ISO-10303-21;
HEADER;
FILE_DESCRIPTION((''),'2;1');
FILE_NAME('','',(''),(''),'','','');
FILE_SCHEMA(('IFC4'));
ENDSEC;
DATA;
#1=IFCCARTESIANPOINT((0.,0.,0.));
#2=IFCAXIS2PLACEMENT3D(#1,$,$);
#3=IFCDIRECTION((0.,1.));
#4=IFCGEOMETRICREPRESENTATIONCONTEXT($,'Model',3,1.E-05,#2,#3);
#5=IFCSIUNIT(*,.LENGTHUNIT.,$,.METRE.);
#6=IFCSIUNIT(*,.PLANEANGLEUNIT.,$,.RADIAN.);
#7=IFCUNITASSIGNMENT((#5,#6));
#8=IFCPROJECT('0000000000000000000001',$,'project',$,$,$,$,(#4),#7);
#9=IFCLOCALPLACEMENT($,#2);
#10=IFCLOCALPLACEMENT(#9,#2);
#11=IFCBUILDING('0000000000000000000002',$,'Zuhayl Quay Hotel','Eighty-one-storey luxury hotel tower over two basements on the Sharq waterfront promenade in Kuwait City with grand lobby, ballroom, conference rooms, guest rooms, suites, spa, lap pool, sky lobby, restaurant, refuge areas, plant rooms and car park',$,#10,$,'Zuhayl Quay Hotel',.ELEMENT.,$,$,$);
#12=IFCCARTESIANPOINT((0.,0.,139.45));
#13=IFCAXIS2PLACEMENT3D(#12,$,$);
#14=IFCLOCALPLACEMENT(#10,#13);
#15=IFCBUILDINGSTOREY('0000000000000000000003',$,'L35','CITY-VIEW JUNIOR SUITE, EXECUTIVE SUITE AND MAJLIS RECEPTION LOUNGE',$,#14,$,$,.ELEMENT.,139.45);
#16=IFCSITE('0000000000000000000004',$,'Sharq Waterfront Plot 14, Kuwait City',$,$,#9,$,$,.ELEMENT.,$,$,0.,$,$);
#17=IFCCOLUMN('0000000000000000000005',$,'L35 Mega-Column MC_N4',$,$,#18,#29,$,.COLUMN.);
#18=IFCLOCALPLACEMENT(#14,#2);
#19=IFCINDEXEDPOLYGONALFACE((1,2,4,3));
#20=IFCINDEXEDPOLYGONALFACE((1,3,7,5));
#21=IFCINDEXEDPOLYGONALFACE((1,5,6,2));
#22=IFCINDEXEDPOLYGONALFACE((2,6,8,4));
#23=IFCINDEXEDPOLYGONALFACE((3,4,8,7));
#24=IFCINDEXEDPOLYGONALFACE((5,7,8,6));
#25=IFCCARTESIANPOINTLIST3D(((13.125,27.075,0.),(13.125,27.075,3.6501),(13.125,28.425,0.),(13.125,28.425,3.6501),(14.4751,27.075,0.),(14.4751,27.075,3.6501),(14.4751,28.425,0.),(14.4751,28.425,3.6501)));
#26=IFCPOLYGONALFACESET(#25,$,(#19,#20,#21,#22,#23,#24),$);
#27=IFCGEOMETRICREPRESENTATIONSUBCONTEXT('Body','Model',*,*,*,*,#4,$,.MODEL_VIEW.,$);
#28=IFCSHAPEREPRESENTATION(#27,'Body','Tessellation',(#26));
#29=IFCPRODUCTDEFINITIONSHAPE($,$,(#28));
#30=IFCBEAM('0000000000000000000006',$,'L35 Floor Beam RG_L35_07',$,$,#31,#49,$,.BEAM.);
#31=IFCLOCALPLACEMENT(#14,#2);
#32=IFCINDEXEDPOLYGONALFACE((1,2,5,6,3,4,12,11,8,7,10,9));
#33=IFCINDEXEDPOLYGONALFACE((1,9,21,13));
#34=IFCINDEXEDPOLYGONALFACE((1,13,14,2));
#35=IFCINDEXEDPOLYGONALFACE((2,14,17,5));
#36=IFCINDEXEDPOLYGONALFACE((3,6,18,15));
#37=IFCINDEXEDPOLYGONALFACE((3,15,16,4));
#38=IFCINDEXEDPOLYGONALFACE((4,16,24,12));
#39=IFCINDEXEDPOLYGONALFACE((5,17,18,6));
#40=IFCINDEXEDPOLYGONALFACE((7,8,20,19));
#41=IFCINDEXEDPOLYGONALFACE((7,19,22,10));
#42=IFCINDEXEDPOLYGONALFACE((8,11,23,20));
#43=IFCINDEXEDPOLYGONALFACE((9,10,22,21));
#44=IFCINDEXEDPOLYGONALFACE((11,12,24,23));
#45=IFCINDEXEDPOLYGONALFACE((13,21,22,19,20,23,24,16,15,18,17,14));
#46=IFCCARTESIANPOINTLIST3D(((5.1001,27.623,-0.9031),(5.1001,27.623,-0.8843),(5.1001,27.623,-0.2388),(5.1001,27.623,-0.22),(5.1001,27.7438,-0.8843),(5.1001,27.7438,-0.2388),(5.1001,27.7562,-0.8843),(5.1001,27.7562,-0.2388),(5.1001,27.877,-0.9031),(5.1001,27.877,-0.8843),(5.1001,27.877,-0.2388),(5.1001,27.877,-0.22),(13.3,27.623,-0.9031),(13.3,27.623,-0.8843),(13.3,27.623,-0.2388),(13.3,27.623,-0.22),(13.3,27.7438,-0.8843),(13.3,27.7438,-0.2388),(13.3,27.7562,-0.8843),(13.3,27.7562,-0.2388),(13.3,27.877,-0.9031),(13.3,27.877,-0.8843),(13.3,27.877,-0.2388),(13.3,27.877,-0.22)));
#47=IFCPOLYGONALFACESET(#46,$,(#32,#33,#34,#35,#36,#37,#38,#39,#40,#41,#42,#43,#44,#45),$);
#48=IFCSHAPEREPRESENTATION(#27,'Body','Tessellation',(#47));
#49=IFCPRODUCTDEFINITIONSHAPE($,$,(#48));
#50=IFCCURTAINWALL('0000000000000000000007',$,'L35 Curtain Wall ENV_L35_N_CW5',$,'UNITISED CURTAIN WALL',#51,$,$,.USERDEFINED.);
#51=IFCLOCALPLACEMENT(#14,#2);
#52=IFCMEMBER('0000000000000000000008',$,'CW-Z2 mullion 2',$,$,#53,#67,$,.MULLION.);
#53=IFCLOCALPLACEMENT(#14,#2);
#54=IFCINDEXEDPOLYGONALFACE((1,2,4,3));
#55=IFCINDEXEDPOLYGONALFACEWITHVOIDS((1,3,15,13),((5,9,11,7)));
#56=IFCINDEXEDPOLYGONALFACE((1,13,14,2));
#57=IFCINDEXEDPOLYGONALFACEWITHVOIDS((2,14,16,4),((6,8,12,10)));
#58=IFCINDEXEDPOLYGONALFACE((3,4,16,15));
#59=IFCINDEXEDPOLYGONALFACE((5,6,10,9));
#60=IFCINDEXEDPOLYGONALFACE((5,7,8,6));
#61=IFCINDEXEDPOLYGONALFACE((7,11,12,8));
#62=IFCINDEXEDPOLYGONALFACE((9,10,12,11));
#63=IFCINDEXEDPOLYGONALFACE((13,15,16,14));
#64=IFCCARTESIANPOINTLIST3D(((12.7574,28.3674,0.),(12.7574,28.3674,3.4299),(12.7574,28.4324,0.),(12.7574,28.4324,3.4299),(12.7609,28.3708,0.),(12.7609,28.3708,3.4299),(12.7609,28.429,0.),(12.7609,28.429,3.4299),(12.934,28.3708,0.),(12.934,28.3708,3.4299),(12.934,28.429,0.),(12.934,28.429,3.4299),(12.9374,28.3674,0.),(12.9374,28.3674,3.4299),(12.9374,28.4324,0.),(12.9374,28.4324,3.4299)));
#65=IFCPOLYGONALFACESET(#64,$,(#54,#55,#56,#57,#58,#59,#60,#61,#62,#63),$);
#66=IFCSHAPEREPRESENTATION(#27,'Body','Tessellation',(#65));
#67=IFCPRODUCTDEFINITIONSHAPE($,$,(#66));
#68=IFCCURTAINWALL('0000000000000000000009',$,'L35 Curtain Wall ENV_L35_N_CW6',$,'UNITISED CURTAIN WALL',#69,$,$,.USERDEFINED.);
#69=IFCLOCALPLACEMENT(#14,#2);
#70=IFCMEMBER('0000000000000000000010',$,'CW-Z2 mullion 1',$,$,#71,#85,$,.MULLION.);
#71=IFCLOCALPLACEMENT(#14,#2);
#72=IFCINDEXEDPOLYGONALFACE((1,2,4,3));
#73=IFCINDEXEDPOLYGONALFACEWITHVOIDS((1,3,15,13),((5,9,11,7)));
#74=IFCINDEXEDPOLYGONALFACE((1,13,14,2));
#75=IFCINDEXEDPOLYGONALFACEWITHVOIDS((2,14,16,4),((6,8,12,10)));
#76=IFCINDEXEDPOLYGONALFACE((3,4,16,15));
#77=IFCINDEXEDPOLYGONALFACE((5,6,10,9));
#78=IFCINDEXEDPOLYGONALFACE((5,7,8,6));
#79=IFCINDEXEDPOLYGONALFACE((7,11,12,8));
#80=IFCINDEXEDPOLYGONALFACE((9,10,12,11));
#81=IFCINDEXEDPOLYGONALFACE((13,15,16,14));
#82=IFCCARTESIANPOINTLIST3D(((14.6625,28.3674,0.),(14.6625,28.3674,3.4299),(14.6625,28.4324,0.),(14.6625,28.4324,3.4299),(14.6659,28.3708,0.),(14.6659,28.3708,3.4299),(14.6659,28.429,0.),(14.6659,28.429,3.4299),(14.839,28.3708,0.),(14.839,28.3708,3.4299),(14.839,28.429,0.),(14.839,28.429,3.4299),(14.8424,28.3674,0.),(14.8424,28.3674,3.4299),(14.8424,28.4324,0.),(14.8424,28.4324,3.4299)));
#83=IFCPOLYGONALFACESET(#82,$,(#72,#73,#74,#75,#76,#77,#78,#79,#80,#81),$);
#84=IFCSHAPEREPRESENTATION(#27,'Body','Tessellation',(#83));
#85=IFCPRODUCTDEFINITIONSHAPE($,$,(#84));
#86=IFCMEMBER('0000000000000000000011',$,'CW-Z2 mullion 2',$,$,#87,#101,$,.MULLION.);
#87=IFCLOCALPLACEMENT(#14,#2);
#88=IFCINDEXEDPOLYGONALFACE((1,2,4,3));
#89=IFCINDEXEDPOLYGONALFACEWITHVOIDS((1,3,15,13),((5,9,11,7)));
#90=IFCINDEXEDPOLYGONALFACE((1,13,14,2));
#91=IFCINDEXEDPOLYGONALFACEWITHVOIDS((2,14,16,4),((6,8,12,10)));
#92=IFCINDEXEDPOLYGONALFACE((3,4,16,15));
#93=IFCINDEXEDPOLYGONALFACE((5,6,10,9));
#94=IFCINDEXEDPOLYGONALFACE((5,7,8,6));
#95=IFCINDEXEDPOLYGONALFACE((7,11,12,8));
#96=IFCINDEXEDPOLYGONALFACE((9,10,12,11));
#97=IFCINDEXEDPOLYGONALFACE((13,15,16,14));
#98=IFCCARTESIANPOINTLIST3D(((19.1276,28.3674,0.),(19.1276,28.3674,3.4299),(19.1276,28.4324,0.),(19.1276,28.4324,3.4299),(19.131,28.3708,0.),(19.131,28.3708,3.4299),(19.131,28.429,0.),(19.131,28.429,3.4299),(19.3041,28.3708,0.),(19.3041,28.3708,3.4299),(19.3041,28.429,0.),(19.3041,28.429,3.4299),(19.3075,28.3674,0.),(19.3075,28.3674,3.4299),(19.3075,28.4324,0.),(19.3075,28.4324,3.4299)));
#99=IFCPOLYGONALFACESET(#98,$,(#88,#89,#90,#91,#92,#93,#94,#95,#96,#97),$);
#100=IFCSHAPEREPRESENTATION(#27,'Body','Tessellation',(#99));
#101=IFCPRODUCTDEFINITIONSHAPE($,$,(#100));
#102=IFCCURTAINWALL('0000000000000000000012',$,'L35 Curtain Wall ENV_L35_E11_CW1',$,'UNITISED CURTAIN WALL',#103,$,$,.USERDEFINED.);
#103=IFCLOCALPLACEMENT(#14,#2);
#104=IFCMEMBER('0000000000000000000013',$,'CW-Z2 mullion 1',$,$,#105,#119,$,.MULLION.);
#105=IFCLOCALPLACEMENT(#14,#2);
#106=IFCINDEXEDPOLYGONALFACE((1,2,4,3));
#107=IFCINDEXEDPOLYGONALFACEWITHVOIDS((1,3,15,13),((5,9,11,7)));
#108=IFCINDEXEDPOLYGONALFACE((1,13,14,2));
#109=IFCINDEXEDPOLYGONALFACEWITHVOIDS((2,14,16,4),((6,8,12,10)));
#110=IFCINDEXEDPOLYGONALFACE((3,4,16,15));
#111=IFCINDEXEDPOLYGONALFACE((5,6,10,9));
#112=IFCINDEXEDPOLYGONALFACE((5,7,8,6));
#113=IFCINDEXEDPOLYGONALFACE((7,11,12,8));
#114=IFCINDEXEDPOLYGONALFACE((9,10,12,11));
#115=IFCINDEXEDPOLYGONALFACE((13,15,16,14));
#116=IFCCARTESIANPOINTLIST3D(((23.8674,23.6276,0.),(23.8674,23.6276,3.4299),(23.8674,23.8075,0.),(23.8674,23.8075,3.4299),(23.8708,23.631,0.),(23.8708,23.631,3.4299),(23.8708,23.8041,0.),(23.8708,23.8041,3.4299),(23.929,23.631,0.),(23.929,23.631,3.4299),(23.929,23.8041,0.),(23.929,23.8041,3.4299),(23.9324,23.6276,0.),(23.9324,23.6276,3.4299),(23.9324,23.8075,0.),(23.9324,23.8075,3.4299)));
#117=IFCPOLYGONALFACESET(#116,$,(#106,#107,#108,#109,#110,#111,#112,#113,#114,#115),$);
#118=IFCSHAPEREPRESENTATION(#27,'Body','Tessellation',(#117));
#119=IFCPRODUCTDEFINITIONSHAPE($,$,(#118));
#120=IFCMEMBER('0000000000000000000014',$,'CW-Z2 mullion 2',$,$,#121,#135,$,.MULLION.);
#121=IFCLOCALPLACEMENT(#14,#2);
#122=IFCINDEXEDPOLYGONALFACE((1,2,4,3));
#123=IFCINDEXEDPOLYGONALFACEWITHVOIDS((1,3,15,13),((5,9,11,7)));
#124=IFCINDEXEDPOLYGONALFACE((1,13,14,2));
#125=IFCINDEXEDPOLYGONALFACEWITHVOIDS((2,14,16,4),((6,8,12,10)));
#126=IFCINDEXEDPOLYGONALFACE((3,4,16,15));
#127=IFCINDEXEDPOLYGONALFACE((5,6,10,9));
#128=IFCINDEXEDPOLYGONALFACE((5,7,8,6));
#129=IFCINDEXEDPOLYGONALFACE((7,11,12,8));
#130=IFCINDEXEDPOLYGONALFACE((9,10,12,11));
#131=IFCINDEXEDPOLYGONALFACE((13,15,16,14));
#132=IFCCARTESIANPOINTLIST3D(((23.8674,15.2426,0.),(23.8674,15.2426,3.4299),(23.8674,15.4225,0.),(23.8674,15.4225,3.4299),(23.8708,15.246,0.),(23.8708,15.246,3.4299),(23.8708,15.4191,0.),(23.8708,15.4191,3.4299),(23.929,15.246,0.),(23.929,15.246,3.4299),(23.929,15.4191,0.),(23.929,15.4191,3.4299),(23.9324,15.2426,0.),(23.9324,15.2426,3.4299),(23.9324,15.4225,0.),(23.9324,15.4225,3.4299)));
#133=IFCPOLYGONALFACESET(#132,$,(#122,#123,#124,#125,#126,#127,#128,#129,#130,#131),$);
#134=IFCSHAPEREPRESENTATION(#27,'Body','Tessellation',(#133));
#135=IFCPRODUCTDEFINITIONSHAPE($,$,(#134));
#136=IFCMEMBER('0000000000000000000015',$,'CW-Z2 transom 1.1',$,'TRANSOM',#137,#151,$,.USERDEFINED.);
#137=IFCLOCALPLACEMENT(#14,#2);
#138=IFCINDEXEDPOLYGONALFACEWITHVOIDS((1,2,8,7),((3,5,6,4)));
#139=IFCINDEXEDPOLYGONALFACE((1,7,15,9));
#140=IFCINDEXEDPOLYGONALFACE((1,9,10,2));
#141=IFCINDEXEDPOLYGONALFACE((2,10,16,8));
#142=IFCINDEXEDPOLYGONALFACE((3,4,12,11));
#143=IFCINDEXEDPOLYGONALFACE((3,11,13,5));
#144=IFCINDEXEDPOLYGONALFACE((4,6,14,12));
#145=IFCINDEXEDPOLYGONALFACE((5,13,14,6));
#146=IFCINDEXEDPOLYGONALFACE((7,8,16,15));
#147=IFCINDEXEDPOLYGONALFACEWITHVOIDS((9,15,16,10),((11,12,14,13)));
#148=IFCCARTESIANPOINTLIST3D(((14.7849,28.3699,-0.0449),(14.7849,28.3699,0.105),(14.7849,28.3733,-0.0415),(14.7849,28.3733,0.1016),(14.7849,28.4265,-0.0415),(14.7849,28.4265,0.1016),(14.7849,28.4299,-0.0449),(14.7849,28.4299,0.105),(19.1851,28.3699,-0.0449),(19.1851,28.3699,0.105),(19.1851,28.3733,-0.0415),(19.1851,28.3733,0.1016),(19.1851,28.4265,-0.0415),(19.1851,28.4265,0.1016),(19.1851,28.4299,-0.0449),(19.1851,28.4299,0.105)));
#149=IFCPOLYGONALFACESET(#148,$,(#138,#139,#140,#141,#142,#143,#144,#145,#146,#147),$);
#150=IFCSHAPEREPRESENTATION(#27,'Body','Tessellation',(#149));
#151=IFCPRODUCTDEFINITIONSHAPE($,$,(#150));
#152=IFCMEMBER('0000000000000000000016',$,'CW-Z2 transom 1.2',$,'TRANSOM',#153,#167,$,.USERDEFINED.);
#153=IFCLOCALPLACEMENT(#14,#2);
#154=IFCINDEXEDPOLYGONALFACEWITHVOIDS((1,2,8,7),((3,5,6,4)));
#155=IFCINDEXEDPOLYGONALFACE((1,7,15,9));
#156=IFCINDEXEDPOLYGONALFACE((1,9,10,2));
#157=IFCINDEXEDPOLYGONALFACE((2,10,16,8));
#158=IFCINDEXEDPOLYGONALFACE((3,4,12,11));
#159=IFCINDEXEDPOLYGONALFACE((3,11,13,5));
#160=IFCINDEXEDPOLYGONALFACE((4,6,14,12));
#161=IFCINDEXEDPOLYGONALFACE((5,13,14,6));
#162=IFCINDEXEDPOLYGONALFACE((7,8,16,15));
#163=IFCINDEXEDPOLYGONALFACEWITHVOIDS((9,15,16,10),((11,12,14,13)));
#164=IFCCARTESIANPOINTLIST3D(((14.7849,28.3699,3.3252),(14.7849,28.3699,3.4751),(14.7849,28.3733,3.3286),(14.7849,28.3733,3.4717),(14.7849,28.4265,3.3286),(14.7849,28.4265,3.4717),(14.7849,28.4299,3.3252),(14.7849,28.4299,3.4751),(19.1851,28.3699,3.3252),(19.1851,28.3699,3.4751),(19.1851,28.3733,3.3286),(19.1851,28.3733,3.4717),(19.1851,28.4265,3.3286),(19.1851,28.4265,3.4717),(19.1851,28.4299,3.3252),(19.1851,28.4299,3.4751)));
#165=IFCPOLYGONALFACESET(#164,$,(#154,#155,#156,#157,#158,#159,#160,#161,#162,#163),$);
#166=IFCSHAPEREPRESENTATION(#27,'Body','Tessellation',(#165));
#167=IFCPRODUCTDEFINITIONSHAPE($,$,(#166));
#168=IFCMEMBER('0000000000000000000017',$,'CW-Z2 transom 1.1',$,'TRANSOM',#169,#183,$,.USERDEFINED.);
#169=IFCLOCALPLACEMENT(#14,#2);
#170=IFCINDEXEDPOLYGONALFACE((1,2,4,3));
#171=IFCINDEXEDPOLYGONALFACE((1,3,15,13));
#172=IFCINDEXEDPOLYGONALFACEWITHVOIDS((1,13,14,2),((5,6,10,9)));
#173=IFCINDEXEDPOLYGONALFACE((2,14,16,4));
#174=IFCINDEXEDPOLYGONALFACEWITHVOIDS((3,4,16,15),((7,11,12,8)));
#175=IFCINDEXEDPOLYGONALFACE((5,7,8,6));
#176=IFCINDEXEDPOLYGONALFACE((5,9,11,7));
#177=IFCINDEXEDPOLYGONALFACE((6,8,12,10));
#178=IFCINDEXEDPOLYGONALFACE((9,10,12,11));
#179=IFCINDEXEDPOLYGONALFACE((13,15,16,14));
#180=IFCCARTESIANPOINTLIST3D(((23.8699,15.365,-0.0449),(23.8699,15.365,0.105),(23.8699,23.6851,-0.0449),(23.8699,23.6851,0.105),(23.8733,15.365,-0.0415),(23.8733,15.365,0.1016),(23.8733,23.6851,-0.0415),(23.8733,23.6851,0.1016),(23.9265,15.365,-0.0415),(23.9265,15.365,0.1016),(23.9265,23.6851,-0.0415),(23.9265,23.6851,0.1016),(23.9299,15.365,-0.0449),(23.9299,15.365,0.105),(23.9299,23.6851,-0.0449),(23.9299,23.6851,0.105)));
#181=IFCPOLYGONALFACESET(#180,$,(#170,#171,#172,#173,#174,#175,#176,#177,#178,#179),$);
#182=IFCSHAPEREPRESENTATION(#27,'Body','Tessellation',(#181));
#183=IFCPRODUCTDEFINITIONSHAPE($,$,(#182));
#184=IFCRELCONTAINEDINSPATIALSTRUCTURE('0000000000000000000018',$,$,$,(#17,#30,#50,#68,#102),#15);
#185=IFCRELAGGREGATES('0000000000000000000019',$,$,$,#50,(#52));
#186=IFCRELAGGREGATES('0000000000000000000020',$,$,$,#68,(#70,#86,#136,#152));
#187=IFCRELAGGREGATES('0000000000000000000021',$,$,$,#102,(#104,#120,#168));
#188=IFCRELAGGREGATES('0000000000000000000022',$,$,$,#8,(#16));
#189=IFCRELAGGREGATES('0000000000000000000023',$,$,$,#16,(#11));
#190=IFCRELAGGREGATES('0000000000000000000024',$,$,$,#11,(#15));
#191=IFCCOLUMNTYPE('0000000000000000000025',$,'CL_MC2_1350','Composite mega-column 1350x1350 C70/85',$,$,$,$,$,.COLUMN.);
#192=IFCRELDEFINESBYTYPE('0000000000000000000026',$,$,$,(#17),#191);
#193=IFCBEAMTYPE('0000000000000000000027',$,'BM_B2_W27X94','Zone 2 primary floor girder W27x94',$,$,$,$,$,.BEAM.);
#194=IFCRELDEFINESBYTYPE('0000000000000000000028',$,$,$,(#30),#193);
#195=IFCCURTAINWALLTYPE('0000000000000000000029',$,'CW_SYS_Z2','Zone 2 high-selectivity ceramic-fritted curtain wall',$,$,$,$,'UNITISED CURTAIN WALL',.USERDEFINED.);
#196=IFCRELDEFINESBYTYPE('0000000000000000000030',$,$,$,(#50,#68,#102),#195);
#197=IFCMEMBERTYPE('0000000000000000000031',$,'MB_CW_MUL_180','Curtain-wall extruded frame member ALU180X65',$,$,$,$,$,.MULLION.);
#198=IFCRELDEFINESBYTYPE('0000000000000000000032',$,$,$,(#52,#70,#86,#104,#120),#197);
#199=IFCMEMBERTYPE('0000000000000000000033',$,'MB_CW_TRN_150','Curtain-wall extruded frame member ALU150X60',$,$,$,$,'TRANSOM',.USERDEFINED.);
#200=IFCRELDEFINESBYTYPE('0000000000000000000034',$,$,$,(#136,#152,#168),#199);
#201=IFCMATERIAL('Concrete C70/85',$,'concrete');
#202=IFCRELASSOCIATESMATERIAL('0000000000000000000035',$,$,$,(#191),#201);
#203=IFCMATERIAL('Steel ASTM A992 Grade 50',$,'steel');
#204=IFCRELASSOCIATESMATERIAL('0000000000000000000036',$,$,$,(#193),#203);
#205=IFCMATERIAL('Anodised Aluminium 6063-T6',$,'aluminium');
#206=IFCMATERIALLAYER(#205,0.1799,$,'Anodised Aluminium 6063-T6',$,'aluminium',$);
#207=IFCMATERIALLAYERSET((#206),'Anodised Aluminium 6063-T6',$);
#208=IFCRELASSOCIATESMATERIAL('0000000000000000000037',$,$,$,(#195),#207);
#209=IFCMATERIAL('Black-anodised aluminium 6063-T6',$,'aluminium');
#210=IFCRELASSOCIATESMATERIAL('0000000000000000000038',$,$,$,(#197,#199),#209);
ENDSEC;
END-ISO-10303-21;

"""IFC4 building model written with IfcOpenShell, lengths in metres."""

from ifc_helpers import new_model, si_unit, direction, frame, origin, origin_2d, place, context, subcontext, project, spatial, rectangle, hollow_rectangle, i_section, extrude, material, layer, layer_set, material_profile, profile_set, type_object, element, aggregate, save


model = new_model("IFC4")

# Units and contexts
model_context = context("Model", 3, precision=1e-05, world=origin(), true_north=direction((0.0, 1.0)))
body_context = subcontext(model_context, "Body", "Model", "MODEL_VIEW")
ifc_project = project(units=[si_unit("LENGTHUNIT", "METRE"), si_unit("PLANEANGLEUNIT", "RADIAN")], contexts=[model_context])

# Site, building, storey
site_placement = place(None, origin())
site = spatial("IfcSite", under=ifc_project, at=site_placement, Name="Sharq Waterfront Plot 14, Kuwait City", CompositionType="ELEMENT", RefElevation=0.0)
building_placement = place(site_placement, origin())
building = spatial("IfcBuilding", under=site, at=building_placement, Name="Zuhayl Quay Hotel", Description="Eighty-one-storey luxury hotel tower over two basements on the Sharq waterfront promenade in Kuwait City with grand lobby, ballroom, conference rooms, guest rooms, suites, spa, lap pool, sky lobby, restaurant, refuge areas, plant rooms and car park", LongName="Zuhayl Quay Hotel", CompositionType="ELEMENT")
storey_placement = place(building_placement, frame((0.0, 0.0, 139.45)))
storey = spatial("IfcBuildingStorey", under=building, at=storey_placement, Name="L35", Description="CITY-VIEW JUNIOR SUITE, EXECUTIVE SUITE AND MAJLIS RECEPTION LOUNGE", CompositionType="ELEMENT", Elevation=139.45)

# Column
ifc_material_1 = material(Name="Concrete C70/85", Category="concrete")
ifc_material_profile_1 = material_profile(ifc_material_1, rectangle(XDim=1.3501, YDim=1.3501, at=origin_2d()), Name="RC1350X1350")
ifc_profile_set_1 = profile_set([ifc_material_profile_1], Name="Concrete C70/85")
column_type = type_object("IfcColumnType", Name="CL_MC2_1350", Description="Composite mega-column 1350x1350 C70/85", PredefinedType="COLUMN", material=ifc_profile_set_1)
column_placement = place(storey_placement, frame((13.8, 27.75, 0.0), z_axis=(0.0, 0.0, 1.0), x_axis=(1.0, 0.0, 0.0)))
element("IfcColumn", 1, at=column_placement, inside=storey, type_object=column_type, Name="L35 Mega-Column MC_N4", PredefinedType="COLUMN", context=body_context, shape_type="SweptSolid", body=[
    extrude(rectangle(XDim=1.3501, YDim=1.3501, at=origin_2d()), origin(), (0.0, 0.0, 1.0), 3.6501),
])

# Beam
ifc_material_2 = material(Name="Steel ASTM A992 Grade 50", Category="steel")
ifc_material_profile_2 = material_profile(ifc_material_2, i_section(OverallWidth=0.2539, OverallDepth=0.6831, WebThickness=0.0125, FlangeThickness=0.0188, at=origin_2d()), Name="W27X94")
ifc_profile_set_2 = profile_set([ifc_material_profile_2], Name="Steel ASTM A992 Grade 50")
beam_type = type_object("IfcBeamType", Name="BM_B2_W27X94", Description="Zone 2 primary floor girder W27x94", PredefinedType="BEAM", material=ifc_profile_set_2)
beam_placement = place(storey_placement, frame((13.3, 27.75, -0.5615), z_axis=(-1.0, 0.0, 0.0), x_axis=(0.0, -1.0, 0.0)))
element("IfcBeam", 2, at=beam_placement, inside=storey, type_object=beam_type, Name="L35 Floor Beam RG_L35_07", PredefinedType="BEAM", context=body_context, shape_type="SweptSolid", body=[
    extrude(i_section(OverallWidth=0.2539, OverallDepth=0.6831, WebThickness=0.0125, FlangeThickness=0.0188, at=origin_2d()), origin(), (0.0, 0.0, 1.0), 8.2),
])

# Curtain wall, member
ifc_material_3 = material(Name="Anodised Aluminium 6063-T6", Category="aluminium")
ifc_layer_1 = layer(ifc_material_3, 0.1799, Name="Anodised Aluminium 6063-T6", Category="aluminium")
ifc_layer_set_1 = layer_set([ifc_layer_1], Name="Anodised Aluminium 6063-T6")
curtain_wall_type = type_object("IfcCurtainWallType", Name="CW_SYS_Z2", Description="Zone 2 high-selectivity ceramic-fritted curtain wall", ElementType="UNITISED CURTAIN WALL", PredefinedType="USERDEFINED", material=ifc_layer_set_1)
curtain_wall_1_placement = place(storey_placement, origin())
curtain_wall_1 = element("IfcCurtainWall", 3, at=curtain_wall_1_placement, inside=storey, type_object=curtain_wall_type, Name="L35 Curtain Wall ENV_L35_N_CW5", ObjectType="UNITISED CURTAIN WALL", PredefinedType="USERDEFINED")
ifc_material_4 = material(Name="Black-anodised aluminium 6063-T6", Category="aluminium")
ifc_material_profile_3 = material_profile(ifc_material_4, hollow_rectangle(XDim=0.0649, YDim=0.1799, WallThickness=0.0034, at=origin_2d()), Name="ALU180X65")
ifc_profile_set_3 = profile_set([ifc_material_profile_3], Name="Black-anodised aluminium 6063-T6")
member_type_1 = type_object("IfcMemberType", Name="MB_CW_MUL_180", Description="Curtain-wall extruded frame member ALU180X65", PredefinedType="MULLION", material=ifc_profile_set_3)
member_1_placement = place(storey_placement, frame((12.8474, 28.3999, 0.0), z_axis=(0.0, 0.0, 1.0), x_axis=(0.0, 1.0, 0.0)))
member_1 = element("IfcMember", 4, at=member_1_placement, type_object=member_type_1, Name="CW-Z2 mullion 2", PredefinedType="MULLION", context=body_context, shape_type="SweptSolid", body=[
    extrude(hollow_rectangle(XDim=0.0649, YDim=0.1799, WallThickness=0.0034, at=origin_2d()), origin(), (0.0, 0.0, 1.0), 3.4299),
])

# Curtain walls, members
curtain_wall_2_placement = place(storey_placement, origin())
curtain_wall_2 = element("IfcCurtainWall", 5, at=curtain_wall_2_placement, inside=storey, type_object=curtain_wall_type, Name="L35 Curtain Wall ENV_L35_N_CW6", ObjectType="UNITISED CURTAIN WALL", PredefinedType="USERDEFINED")
member_2_placement = place(storey_placement, frame((14.7524, 28.3999, 0.0), z_axis=(0.0, 0.0, 1.0), x_axis=(0.0, 1.0, 0.0)))
member_2 = element("IfcMember", 6, at=member_2_placement, type_object=member_type_1, Name="CW-Z2 mullion 1", PredefinedType="MULLION", context=body_context, shape_type="SweptSolid", body=[
    extrude(hollow_rectangle(XDim=0.0649, YDim=0.1799, WallThickness=0.0034, at=origin_2d()), origin(), (0.0, 0.0, 1.0), 3.4299),
])
member_3_placement = place(storey_placement, frame((19.2175, 28.3999, 0.0), z_axis=(0.0, 0.0, 1.0), x_axis=(0.0, 1.0, 0.0)))
member_3 = element("IfcMember", 7, at=member_3_placement, type_object=member_type_1, Name="CW-Z2 mullion 2", PredefinedType="MULLION", context=body_context, shape_type="SweptSolid", body=[
    extrude(hollow_rectangle(XDim=0.0649, YDim=0.1799, WallThickness=0.0034, at=origin_2d()), origin(), (0.0, 0.0, 1.0), 3.4299),
])
curtain_wall_3_placement = place(storey_placement, origin())
curtain_wall_3 = element("IfcCurtainWall", 8, at=curtain_wall_3_placement, inside=storey, type_object=curtain_wall_type, Name="L35 Curtain Wall ENV_L35_E11_CW1", ObjectType="UNITISED CURTAIN WALL", PredefinedType="USERDEFINED")
member_4_placement = place(storey_placement, frame((23.8999, 23.7175, 0.0), z_axis=(0.0, 0.0, 1.0), x_axis=(1.0, 0.0, 0.0)))
member_4 = element("IfcMember", 9, at=member_4_placement, type_object=member_type_1, Name="CW-Z2 mullion 1", PredefinedType="MULLION", context=body_context, shape_type="SweptSolid", body=[
    extrude(hollow_rectangle(XDim=0.0649, YDim=0.1799, WallThickness=0.0034, at=origin_2d()), origin(), (0.0, 0.0, 1.0), 3.4299),
])
member_5_placement = place(storey_placement, frame((23.8999, 15.3325, 0.0), z_axis=(0.0, 0.0, 1.0), x_axis=(1.0, 0.0, 0.0)))
member_5 = element("IfcMember", 10, at=member_5_placement, type_object=member_type_1, Name="CW-Z2 mullion 2", PredefinedType="MULLION", context=body_context, shape_type="SweptSolid", body=[
    extrude(hollow_rectangle(XDim=0.0649, YDim=0.1799, WallThickness=0.0034, at=origin_2d()), origin(), (0.0, 0.0, 1.0), 3.4299),
])

# Members
ifc_material_profile_4 = material_profile(ifc_material_4, hollow_rectangle(XDim=0.0601, YDim=0.1499, WallThickness=0.0034, at=origin_2d()), Name="ALU150X60")
ifc_profile_set_4 = profile_set([ifc_material_profile_4], Name="Black-anodised aluminium 6063-T6")
member_type_2 = type_object("IfcMemberType", Name="MB_CW_TRN_150", Description="Curtain-wall extruded frame member ALU150X60", ElementType="TRANSOM", PredefinedType="USERDEFINED", material=ifc_profile_set_4)
member_6_placement = place(storey_placement, frame((14.7849, 28.3999, 0.03), z_axis=(1.0, 0.0, 0.0), x_axis=(0.0, 1.0, 0.0)))
member_6 = element("IfcMember", 11, at=member_6_placement, type_object=member_type_2, Name="CW-Z2 transom 1.1", ObjectType="TRANSOM", PredefinedType="USERDEFINED", context=body_context, shape_type="SweptSolid", body=[
    extrude(hollow_rectangle(XDim=0.0601, YDim=0.1499, WallThickness=0.0034, at=origin_2d()), origin(), (0.0, 0.0, 1.0), 4.4001),
])
member_7_placement = place(storey_placement, frame((14.7849, 28.3999, 3.4001), z_axis=(1.0, 0.0, 0.0), x_axis=(0.0, 1.0, 0.0)))
member_7 = element("IfcMember", 12, at=member_7_placement, type_object=member_type_2, Name="CW-Z2 transom 1.2", ObjectType="TRANSOM", PredefinedType="USERDEFINED", context=body_context, shape_type="SweptSolid", body=[
    extrude(hollow_rectangle(XDim=0.0601, YDim=0.1499, WallThickness=0.0034, at=origin_2d()), origin(), (0.0, 0.0, 1.0), 4.4001),
])
member_8_placement = place(storey_placement, frame((23.8999, 23.6851, 0.03), z_axis=(0.0, -1.0, 0.0), x_axis=(1.0, 0.0, 0.0)))
member_8 = element("IfcMember", 13, at=member_8_placement, type_object=member_type_2, Name="CW-Z2 transom 1.1", ObjectType="TRANSOM", PredefinedType="USERDEFINED", context=body_context, shape_type="SweptSolid", body=[
    extrude(hollow_rectangle(XDim=0.0601, YDim=0.1499, WallThickness=0.0034, at=origin_2d()), origin(), (0.0, 0.0, 1.0), 8.3201),
])

aggregate(curtain_wall_1, [member_1])
aggregate(curtain_wall_2, [member_2, member_3, member_6, member_7])
aggregate(curtain_wall_3, [member_4, member_5, member_8])

save(model, "model.ifc")
